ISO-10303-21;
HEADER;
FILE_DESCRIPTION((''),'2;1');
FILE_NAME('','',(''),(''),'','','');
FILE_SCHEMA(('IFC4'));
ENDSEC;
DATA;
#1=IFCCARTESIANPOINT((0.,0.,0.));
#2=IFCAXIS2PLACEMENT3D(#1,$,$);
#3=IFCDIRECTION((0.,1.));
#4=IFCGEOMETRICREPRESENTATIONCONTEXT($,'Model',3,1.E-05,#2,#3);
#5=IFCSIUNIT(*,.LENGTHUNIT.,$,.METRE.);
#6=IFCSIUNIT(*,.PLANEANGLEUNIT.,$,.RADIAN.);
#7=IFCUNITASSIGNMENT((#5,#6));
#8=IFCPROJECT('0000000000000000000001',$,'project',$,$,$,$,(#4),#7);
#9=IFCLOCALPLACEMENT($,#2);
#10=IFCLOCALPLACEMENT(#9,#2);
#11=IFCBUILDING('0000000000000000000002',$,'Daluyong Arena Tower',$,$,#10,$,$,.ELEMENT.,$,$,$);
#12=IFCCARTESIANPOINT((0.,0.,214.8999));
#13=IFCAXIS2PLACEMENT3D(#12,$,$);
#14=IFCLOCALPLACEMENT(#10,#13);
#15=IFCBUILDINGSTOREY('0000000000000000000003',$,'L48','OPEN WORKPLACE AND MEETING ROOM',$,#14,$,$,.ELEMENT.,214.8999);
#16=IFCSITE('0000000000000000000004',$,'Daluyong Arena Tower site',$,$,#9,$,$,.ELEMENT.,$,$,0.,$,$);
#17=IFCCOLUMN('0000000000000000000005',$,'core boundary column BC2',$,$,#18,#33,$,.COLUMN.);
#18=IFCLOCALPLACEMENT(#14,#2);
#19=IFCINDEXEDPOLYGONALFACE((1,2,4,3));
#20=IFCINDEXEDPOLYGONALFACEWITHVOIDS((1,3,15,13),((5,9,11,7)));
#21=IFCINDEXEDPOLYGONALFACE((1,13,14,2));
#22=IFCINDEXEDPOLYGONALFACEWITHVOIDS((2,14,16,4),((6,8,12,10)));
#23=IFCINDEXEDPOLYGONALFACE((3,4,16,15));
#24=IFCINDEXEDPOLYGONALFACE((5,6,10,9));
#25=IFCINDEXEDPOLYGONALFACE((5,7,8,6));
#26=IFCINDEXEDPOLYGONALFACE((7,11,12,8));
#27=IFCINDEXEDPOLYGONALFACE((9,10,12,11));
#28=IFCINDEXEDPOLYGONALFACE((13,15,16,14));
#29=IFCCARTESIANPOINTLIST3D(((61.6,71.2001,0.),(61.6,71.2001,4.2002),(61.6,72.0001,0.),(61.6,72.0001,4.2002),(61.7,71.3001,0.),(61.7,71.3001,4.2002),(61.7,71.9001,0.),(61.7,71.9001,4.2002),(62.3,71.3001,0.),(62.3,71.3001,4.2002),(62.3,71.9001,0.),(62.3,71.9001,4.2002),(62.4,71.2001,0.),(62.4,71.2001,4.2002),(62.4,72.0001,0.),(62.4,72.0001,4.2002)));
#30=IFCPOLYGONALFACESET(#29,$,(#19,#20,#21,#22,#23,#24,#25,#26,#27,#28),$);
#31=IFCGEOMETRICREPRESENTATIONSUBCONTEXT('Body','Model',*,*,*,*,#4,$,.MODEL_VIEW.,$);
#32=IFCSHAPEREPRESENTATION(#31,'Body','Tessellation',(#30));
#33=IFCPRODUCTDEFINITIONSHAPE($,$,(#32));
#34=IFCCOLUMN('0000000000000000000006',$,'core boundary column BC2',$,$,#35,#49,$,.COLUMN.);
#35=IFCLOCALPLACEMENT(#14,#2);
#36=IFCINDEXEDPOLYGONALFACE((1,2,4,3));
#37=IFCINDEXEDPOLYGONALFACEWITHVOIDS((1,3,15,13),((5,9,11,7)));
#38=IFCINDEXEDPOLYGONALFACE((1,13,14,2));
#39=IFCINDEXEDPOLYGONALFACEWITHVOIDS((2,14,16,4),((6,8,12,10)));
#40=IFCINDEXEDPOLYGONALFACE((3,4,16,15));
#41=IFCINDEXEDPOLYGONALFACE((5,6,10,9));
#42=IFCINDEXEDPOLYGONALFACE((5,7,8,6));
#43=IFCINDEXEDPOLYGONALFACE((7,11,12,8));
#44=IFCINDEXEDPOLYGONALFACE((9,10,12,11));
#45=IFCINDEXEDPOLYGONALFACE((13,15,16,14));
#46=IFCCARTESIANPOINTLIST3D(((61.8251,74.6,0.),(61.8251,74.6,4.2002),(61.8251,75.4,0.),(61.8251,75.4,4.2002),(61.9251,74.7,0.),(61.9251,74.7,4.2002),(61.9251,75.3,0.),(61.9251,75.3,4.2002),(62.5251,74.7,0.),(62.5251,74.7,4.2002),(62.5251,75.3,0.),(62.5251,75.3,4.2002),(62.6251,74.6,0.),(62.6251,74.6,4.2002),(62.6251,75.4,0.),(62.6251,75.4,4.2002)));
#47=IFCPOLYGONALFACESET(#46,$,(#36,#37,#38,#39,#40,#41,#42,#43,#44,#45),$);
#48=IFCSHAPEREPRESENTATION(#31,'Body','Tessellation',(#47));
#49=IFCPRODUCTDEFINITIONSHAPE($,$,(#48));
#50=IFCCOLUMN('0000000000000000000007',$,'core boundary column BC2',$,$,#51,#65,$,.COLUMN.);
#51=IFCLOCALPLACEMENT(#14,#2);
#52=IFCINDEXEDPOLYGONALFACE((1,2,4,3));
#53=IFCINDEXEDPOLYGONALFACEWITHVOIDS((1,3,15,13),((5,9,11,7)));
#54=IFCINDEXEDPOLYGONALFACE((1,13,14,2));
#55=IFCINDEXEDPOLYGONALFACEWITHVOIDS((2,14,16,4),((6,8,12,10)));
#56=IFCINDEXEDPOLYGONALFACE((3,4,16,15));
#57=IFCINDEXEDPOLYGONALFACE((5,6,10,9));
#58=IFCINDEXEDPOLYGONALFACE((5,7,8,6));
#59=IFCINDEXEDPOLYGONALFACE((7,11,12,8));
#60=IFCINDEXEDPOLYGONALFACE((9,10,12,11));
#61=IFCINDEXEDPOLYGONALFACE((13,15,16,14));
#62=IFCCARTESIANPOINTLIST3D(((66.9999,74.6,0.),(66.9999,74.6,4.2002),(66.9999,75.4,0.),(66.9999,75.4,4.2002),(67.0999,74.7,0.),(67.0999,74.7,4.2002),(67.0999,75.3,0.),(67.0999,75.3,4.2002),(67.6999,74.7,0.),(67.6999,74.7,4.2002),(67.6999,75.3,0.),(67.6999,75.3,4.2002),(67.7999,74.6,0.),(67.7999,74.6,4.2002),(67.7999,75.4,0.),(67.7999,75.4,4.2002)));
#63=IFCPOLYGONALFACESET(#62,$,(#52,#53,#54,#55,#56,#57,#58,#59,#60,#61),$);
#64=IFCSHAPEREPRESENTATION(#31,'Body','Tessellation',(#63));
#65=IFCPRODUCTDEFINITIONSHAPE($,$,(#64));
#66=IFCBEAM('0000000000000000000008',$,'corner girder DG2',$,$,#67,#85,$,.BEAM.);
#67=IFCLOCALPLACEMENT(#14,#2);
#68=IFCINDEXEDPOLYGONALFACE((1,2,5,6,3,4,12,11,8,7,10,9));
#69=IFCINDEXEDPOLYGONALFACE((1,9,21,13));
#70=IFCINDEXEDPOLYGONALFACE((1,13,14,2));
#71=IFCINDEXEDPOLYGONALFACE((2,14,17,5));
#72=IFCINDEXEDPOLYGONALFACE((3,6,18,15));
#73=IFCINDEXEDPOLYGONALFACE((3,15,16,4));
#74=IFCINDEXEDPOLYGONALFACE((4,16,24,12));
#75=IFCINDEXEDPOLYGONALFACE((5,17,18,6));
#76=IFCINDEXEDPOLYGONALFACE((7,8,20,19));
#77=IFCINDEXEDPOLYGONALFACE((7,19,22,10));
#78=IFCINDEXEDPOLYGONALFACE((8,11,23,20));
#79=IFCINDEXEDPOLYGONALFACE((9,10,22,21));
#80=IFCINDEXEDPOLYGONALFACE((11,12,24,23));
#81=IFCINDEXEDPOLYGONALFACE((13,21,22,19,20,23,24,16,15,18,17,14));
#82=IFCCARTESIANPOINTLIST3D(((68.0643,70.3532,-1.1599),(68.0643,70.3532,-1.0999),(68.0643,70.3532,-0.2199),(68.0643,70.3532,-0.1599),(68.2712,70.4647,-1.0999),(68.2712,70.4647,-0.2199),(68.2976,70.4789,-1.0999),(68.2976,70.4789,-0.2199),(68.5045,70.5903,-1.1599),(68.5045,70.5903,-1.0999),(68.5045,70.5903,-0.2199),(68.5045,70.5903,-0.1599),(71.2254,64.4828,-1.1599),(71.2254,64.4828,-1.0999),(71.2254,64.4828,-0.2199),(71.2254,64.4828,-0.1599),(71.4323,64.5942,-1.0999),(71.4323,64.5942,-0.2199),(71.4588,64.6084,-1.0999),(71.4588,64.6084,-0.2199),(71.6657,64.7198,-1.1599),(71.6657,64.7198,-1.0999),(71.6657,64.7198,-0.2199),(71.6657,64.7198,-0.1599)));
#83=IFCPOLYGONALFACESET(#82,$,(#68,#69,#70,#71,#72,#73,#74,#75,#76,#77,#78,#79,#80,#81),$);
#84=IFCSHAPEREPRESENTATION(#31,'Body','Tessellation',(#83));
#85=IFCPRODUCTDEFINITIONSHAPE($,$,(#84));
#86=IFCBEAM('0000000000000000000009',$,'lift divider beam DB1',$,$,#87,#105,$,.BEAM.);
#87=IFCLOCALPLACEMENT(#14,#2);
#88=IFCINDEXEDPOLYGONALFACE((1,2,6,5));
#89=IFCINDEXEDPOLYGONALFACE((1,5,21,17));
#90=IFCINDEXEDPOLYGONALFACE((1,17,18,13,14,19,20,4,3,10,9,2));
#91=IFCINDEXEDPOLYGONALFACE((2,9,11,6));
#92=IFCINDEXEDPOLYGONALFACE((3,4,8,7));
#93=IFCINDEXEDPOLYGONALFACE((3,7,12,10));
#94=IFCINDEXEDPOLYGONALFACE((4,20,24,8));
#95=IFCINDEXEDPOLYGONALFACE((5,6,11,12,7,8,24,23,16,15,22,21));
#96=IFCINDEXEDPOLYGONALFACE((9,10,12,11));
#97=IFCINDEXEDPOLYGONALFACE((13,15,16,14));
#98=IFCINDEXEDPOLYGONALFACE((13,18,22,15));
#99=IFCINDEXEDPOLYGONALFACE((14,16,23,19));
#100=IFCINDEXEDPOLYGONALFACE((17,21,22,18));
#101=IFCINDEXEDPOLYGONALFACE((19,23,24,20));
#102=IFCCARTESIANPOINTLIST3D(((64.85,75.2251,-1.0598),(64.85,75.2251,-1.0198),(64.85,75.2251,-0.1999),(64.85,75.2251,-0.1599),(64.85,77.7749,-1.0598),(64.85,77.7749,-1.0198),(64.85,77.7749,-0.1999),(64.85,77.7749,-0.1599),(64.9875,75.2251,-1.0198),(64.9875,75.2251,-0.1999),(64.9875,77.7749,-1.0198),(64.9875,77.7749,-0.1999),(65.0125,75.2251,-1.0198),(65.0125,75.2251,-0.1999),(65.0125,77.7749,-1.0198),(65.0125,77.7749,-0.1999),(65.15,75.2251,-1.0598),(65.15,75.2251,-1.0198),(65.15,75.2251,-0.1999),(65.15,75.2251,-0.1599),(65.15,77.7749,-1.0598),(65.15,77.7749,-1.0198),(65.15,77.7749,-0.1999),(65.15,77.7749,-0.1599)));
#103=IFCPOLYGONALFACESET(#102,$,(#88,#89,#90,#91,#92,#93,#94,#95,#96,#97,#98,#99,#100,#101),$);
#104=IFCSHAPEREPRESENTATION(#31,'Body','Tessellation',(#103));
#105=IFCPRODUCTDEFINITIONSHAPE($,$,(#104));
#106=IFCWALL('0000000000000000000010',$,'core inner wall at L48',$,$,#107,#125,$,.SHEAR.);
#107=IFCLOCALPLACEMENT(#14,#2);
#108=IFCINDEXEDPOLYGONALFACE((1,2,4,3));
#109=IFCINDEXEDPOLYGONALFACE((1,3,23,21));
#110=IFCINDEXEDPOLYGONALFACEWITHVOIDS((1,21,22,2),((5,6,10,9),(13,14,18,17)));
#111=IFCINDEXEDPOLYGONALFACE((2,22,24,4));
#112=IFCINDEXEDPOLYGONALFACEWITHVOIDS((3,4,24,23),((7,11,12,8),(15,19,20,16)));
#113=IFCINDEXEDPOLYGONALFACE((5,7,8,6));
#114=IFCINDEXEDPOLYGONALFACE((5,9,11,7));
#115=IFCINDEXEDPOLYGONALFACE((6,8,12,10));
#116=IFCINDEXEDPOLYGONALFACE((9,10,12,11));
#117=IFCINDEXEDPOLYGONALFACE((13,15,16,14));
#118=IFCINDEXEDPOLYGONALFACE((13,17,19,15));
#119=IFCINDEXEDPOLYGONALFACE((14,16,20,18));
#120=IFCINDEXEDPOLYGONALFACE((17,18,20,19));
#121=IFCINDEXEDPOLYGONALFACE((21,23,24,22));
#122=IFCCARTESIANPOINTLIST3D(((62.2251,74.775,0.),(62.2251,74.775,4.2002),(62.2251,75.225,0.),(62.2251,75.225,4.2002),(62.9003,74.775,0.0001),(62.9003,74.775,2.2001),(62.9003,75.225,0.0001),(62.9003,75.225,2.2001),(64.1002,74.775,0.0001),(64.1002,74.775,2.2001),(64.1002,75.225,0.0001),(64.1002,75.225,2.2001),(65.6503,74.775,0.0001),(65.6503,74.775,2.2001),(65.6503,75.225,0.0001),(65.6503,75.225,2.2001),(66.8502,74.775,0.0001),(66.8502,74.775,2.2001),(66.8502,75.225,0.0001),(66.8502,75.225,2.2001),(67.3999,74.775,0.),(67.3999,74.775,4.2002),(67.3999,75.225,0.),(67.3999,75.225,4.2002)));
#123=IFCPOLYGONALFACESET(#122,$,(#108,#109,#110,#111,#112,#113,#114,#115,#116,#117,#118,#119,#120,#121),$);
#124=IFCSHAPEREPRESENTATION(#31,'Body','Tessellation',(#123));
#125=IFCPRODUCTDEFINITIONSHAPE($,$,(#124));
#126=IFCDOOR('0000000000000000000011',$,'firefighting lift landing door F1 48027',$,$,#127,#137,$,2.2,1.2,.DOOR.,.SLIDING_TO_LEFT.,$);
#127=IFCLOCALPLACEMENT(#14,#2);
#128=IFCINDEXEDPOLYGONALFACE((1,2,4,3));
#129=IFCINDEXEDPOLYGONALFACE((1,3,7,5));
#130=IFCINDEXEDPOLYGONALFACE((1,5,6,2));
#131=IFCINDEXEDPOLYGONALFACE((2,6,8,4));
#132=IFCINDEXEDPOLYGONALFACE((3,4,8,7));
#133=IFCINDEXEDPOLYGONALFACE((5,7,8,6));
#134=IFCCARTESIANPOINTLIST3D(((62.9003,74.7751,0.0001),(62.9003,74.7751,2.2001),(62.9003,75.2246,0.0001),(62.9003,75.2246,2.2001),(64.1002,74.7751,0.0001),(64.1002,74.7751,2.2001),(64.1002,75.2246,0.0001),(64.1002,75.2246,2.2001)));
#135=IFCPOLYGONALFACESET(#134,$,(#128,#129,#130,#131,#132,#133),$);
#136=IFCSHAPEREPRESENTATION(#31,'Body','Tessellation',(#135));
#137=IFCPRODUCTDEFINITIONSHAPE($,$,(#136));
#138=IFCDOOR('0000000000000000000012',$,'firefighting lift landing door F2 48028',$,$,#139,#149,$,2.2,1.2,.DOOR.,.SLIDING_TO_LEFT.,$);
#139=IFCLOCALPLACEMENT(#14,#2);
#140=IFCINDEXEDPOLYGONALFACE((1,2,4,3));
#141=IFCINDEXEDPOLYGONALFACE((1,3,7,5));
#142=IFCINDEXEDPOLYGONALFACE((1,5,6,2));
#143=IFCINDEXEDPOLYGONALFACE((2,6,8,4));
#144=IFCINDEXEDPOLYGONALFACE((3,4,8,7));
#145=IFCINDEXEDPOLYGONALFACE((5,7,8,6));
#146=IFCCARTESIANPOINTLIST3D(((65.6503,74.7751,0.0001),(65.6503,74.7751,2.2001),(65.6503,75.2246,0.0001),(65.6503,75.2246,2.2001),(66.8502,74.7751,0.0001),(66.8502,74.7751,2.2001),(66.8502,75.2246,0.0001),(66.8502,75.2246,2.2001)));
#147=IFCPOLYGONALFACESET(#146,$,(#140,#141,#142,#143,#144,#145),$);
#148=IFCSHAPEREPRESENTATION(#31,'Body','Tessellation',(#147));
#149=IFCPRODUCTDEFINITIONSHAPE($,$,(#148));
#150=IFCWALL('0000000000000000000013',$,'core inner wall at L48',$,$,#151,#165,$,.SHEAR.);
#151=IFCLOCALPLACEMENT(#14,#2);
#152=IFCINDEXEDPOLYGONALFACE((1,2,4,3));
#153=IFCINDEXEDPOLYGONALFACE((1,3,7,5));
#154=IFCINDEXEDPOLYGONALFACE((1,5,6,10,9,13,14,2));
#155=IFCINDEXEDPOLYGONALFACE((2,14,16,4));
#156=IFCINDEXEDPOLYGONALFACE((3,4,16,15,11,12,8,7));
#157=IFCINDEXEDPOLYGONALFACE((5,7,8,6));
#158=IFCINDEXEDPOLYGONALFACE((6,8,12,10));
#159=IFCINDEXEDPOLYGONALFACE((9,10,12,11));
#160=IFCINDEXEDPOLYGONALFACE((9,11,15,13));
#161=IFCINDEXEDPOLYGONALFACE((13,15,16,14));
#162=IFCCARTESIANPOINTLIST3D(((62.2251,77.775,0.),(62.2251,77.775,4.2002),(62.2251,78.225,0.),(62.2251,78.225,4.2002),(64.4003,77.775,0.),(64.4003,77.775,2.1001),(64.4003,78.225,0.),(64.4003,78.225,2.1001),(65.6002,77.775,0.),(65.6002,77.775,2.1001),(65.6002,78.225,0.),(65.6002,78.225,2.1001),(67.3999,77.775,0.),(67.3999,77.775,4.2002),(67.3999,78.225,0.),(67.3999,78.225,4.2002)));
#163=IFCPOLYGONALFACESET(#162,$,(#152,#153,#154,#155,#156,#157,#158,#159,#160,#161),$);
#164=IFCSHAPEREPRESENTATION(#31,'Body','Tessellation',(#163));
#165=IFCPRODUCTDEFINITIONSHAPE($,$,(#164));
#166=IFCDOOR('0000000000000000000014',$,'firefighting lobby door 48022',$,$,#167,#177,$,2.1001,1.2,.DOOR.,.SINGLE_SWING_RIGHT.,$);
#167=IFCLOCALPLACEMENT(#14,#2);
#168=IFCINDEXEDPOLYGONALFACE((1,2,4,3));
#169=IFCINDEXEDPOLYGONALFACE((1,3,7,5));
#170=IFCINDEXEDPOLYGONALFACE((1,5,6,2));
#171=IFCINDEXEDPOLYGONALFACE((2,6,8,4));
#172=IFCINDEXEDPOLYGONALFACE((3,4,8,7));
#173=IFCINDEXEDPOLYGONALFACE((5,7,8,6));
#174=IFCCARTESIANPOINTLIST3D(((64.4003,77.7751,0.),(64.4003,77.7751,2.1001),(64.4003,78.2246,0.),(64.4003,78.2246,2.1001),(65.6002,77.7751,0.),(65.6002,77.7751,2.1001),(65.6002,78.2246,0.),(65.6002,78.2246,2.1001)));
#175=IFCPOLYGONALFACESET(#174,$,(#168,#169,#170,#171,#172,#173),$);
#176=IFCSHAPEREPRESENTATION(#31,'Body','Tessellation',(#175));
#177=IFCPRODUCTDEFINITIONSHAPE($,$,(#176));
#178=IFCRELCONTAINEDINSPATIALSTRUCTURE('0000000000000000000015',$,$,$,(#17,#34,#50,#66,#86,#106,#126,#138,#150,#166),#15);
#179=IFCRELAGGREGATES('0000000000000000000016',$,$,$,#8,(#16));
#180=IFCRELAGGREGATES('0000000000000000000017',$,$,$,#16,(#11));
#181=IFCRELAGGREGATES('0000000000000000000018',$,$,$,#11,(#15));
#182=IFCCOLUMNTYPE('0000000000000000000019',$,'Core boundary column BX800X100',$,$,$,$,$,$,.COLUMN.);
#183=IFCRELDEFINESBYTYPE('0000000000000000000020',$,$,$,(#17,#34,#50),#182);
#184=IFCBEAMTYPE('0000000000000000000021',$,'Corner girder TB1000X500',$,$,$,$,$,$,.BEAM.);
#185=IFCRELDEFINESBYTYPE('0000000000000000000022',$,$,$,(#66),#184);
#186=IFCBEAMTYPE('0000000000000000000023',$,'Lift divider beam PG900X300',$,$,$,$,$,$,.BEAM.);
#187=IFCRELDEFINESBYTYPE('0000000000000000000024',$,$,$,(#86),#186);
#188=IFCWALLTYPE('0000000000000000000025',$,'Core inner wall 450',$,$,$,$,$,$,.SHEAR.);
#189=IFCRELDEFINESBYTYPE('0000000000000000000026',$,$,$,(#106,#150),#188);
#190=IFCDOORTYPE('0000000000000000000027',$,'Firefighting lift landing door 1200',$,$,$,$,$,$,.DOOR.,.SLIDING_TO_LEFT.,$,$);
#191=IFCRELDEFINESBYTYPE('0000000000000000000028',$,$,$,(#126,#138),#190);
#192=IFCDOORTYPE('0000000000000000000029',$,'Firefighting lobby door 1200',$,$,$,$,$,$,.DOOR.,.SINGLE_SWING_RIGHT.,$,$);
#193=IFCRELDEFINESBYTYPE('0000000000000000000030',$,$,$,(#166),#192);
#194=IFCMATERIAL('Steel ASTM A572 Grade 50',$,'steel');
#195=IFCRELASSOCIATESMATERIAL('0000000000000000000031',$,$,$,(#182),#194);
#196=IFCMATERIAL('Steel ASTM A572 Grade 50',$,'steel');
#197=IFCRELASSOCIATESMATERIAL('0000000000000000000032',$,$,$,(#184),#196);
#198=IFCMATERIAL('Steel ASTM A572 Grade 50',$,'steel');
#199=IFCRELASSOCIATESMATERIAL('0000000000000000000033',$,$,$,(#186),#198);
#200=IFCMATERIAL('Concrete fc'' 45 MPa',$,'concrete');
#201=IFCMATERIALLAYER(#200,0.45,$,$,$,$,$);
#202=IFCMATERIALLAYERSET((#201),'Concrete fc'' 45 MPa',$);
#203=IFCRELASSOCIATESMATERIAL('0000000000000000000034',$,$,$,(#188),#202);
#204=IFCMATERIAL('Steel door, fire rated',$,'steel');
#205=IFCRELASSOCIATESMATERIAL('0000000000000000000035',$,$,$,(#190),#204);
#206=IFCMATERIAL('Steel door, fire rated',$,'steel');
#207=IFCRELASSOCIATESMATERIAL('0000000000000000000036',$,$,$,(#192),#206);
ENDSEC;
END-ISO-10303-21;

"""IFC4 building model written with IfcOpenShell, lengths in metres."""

from ifc_helpers import new_model, si_unit, direction, frame, frame_2d, origin, origin_2d, place, context, subcontext, project, spatial, rectangle, hollow_rectangle, i_section, extrude, material, layer, layer_set, material_profile, profile_set, type_object, element, fill, save


model = new_model("IFC4")

# Units and contexts
model_context = context("Model", 3, precision=1e-05, world=origin(), true_north=direction((0.0, 1.0)))
body_context = subcontext(model_context, "Body", "Model", "MODEL_VIEW")
ifc_project = project(units=[si_unit("LENGTHUNIT", "METRE"), si_unit("PLANEANGLEUNIT", "RADIAN")], contexts=[model_context])

# Site, building, storey
site_placement = place(None, origin())
site = spatial("IfcSite", under=ifc_project, at=site_placement, Name="Daluyong Arena Tower site", CompositionType="ELEMENT", RefElevation=0.0)
building_placement = place(site_placement, origin())
building = spatial("IfcBuilding", under=site, at=building_placement, Name="Daluyong Arena Tower", CompositionType="ELEMENT")
storey_placement = place(building_placement, frame((0.0, 0.0, 214.8999)))
storey = spatial("IfcBuildingStorey", under=building, at=storey_placement, Name="L48", Description="OPEN WORKPLACE AND MEETING ROOM", CompositionType="ELEMENT", Elevation=214.8999)

# Columns
ifc_material_1 = material(Name="Steel ASTM A572 Grade 50", Category="steel")
ifc_material_profile_1 = material_profile(ifc_material_1, hollow_rectangle(XDim=0.8, YDim=0.8, WallThickness=0.1, at=origin_2d()))
ifc_profile_set_1 = profile_set([ifc_material_profile_1], Name="Steel ASTM A572 Grade 50")
column_type = type_object("IfcColumnType", Name="Core boundary column BX800X100", PredefinedType="COLUMN", material=ifc_profile_set_1)
for number, where, z_axis, x_axis, name in (
    (1, (62.0, 71.6001, 0.0), (0.0, 0.0, 1.0), (1.0, 0.0, 0.0), "core boundary column BC2"),
    (2, (62.2251, 75.0, 0.0), (0.0, 0.0, 1.0), (1.0, 0.0, 0.0), "core boundary column BC2"),
    (3, (67.3999, 75.0, 0.0), (0.0, 0.0, 1.0), (1.0, 0.0, 0.0), "core boundary column BC2"),
):
    element("IfcColumn", number, at=place(storey_placement, frame(where, z_axis=z_axis, x_axis=x_axis)), inside=storey, type_object=column_type, Name=name, PredefinedType="COLUMN", context=body_context, shape_type="SweptSolid", body=[
        extrude(hollow_rectangle(XDim=0.8, YDim=0.8, WallThickness=0.1, at=origin_2d()), origin(), (0.0, 0.0, 1.0), 4.2002),
    ])

# Beams
ifc_material_2 = material(Name="Steel ASTM A572 Grade 50", Category="steel")
ifc_material_profile_2 = material_profile(ifc_material_2, i_section(OverallWidth=0.5, OverallDepth=1.0, WebThickness=0.03, FlangeThickness=0.06, at=origin_2d()))
ifc_profile_set_2 = profile_set([ifc_material_profile_2], Name="Steel ASTM A572 Grade 50")
beam_type_1 = type_object("IfcBeamType", Name="Corner girder TB1000X500", PredefinedType="BEAM", material=ifc_profile_set_2)
beam_1_placement = place(storey_placement, frame((71.4456, 64.6013, -0.6599), z_axis=(-0.474119, 0.880461, 0.0), x_axis=(-0.880461, -0.474119, 0.0)))
element("IfcBeam", 4, at=beam_1_placement, inside=storey, type_object=beam_type_1, Name="corner girder DG2", PredefinedType="BEAM", context=body_context, shape_type="SweptSolid", body=[
    extrude(i_section(OverallWidth=0.5, OverallDepth=1.0, WebThickness=0.03, FlangeThickness=0.06, at=origin_2d()), origin(), (0.0, 0.0, 1.0), 6.6675),
])
ifc_material_3 = material(Name="Steel ASTM A572 Grade 50", Category="steel")
ifc_material_profile_3 = material_profile(ifc_material_3, i_section(OverallWidth=0.3, OverallDepth=0.8999, WebThickness=0.025, FlangeThickness=0.04, at=origin_2d()))
ifc_profile_set_3 = profile_set([ifc_material_profile_3], Name="Steel ASTM A572 Grade 50")
beam_type_2 = type_object("IfcBeamType", Name="Lift divider beam PG900X300", PredefinedType="BEAM", material=ifc_profile_set_3)
beam_2_placement = place(storey_placement, frame((65.0, 75.2251, -0.6099), z_axis=(0.0, 1.0, 0.0), x_axis=(-1.0, 0.0, 0.0)))
element("IfcBeam", 5, at=beam_2_placement, inside=storey, type_object=beam_type_2, Name="lift divider beam DB1", PredefinedType="BEAM", context=body_context, shape_type="SweptSolid", body=[
    extrude(i_section(OverallWidth=0.3, OverallDepth=0.8999, WebThickness=0.025, FlangeThickness=0.04, at=origin_2d()), origin(), (0.0, 0.0, 1.0), 2.5498),
])

# Shared definitions
ifc_material_4 = material(Name="Concrete fc' 45 MPa", Category="concrete")
ifc_layer_1 = layer(ifc_material_4, 0.45)
ifc_layer_set_1 = layer_set([ifc_layer_1], Name="Concrete fc' 45 MPa")
wall_type_1 = type_object("IfcWallType", Name="Core inner wall 450", PredefinedType="SHEAR", material=ifc_layer_set_1)

# Wall, openings, doors
wall_1_placement = place(storey_placement, frame((62.2251, 75.0, 0.0), z_axis=(0.0, 0.0, 1.0), x_axis=(1.0, 0.0, 0.0)))
wall_1 = element("IfcWall", 6, at=wall_1_placement, inside=storey, type_object=wall_type_1, Name="core inner wall at L48", PredefinedType="SHEAR", context=body_context, shape_type="SweptSolid", body=[
    extrude(rectangle(XDim=5.1748, YDim=0.45, at=frame_2d((2.5874, 0.0))), origin(), (0.0, 0.0, 1.0), 4.2002),
])
opening_1_placement = place(wall_1_placement, frame((0.675, 0.0, 0.0)))
opening_1 = element("IfcOpeningElement", 7, at=opening_1_placement, cuts=wall_1, PredefinedType="OPENING", context=body_context, shape_type="SweptSolid", body=[
    extrude(rectangle(XDim=1.2, YDim=2.2, at=frame_2d((0.6001, 1.1001))), frame((0.0, 0.2349, 0.0), z_axis=(0.0, -1.0, 0.0), x_axis=(1.0, 0.0, 0.0)), (0.0, 0.0, 1.0), 0.47),
])
opening_2_placement = place(wall_1_placement, frame((3.425, 0.0, 0.0)))
opening_2 = element("IfcOpeningElement", 8, at=opening_2_placement, cuts=wall_1, PredefinedType="OPENING", context=body_context, shape_type="SweptSolid", body=[
    extrude(rectangle(XDim=1.2, YDim=2.2, at=frame_2d((0.6001, 1.1001))), frame((0.0, 0.2349, 0.0), z_axis=(0.0, -1.0, 0.0), x_axis=(1.0, 0.0, 0.0)), (0.0, 0.0, 1.0), 0.47),
])
ifc_material_5 = material(Name="Steel door, fire rated", Category="steel")
door_type_1 = type_object("IfcDoorType", Name="Firefighting lift landing door 1200", OperationType="SLIDING_TO_LEFT", PredefinedType="DOOR", material=ifc_material_5)
door_1_placement = place(opening_1_placement, origin())
door_1 = element("IfcDoor", 9, at=door_1_placement, inside=storey, type_object=door_type_1, Name="firefighting lift landing door F1 48027", OperationType="SLIDING_TO_LEFT", OverallHeight=2.2, OverallWidth=1.2, PredefinedType="DOOR", context=body_context, shape_type="SweptSolid", body=[
    extrude(rectangle(XDim=1.2, YDim=2.2, at=frame_2d((0.6001, 1.1001))), frame((0.0, 0.2246, 0.0), z_axis=(0.0, -1.0, 0.0), x_axis=(1.0, 0.0, 0.0)), (0.0, 0.0, 1.0), 0.4495),
])
fill(opening_1, door_1)
door_2_placement = place(opening_2_placement, origin())
door_2 = element("IfcDoor", 10, at=door_2_placement, inside=storey, type_object=door_type_1, Name="firefighting lift landing door F2 48028", OperationType="SLIDING_TO_LEFT", OverallHeight=2.2, OverallWidth=1.2, PredefinedType="DOOR", context=body_context, shape_type="SweptSolid", body=[
    extrude(rectangle(XDim=1.2, YDim=2.2, at=frame_2d((0.6001, 1.1001))), frame((0.0, 0.2246, 0.0), z_axis=(0.0, -1.0, 0.0), x_axis=(1.0, 0.0, 0.0)), (0.0, 0.0, 1.0), 0.4495),
])
fill(opening_2, door_2)

# Wall, opening, door
wall_2_placement = place(storey_placement, frame((62.2251, 78.0, 0.0), z_axis=(0.0, 0.0, 1.0), x_axis=(1.0, 0.0, 0.0)))
wall_2 = element("IfcWall", 11, at=wall_2_placement, inside=storey, type_object=wall_type_1, Name="core inner wall at L48", PredefinedType="SHEAR", context=body_context, shape_type="SweptSolid", body=[
    extrude(rectangle(XDim=5.1748, YDim=0.45, at=frame_2d((2.5874, 0.0))), origin(), (0.0, 0.0, 1.0), 4.2002),
])
opening_3_placement = place(wall_2_placement, frame((2.175, 0.0, 0.0)))
opening_3 = element("IfcOpeningElement", 12, at=opening_3_placement, cuts=wall_2, PredefinedType="OPENING", context=body_context, shape_type="SweptSolid", body=[
    extrude(rectangle(XDim=1.2, YDim=2.1001, at=frame_2d((0.6001, 1.05))), frame((0.0, 0.2349, 0.0), z_axis=(0.0, -1.0, 0.0), x_axis=(1.0, 0.0, 0.0)), (0.0, 0.0, 1.0), 0.47),
])
ifc_material_6 = material(Name="Steel door, fire rated", Category="steel")
door_type_2 = type_object("IfcDoorType", Name="Firefighting lobby door 1200", OperationType="SINGLE_SWING_RIGHT", PredefinedType="DOOR", material=ifc_material_6)
door_3_placement = place(opening_3_placement, origin())
door_3 = element("IfcDoor", 13, at=door_3_placement, inside=storey, type_object=door_type_2, Name="firefighting lobby door 48022", OperationType="SINGLE_SWING_RIGHT", OverallHeight=2.1001, OverallWidth=1.2, PredefinedType="DOOR", context=body_context, shape_type="SweptSolid", body=[
    extrude(rectangle(XDim=1.2, YDim=2.1001, at=frame_2d((0.6001, 1.05))), frame((0.0, 0.2246, 0.0), z_axis=(0.0, -1.0, 0.0), x_axis=(1.0, 0.0, 0.0)), (0.0, 0.0, 1.0), 0.4495),
])
fill(opening_3, door_3)

save(model, "model.ifc")
